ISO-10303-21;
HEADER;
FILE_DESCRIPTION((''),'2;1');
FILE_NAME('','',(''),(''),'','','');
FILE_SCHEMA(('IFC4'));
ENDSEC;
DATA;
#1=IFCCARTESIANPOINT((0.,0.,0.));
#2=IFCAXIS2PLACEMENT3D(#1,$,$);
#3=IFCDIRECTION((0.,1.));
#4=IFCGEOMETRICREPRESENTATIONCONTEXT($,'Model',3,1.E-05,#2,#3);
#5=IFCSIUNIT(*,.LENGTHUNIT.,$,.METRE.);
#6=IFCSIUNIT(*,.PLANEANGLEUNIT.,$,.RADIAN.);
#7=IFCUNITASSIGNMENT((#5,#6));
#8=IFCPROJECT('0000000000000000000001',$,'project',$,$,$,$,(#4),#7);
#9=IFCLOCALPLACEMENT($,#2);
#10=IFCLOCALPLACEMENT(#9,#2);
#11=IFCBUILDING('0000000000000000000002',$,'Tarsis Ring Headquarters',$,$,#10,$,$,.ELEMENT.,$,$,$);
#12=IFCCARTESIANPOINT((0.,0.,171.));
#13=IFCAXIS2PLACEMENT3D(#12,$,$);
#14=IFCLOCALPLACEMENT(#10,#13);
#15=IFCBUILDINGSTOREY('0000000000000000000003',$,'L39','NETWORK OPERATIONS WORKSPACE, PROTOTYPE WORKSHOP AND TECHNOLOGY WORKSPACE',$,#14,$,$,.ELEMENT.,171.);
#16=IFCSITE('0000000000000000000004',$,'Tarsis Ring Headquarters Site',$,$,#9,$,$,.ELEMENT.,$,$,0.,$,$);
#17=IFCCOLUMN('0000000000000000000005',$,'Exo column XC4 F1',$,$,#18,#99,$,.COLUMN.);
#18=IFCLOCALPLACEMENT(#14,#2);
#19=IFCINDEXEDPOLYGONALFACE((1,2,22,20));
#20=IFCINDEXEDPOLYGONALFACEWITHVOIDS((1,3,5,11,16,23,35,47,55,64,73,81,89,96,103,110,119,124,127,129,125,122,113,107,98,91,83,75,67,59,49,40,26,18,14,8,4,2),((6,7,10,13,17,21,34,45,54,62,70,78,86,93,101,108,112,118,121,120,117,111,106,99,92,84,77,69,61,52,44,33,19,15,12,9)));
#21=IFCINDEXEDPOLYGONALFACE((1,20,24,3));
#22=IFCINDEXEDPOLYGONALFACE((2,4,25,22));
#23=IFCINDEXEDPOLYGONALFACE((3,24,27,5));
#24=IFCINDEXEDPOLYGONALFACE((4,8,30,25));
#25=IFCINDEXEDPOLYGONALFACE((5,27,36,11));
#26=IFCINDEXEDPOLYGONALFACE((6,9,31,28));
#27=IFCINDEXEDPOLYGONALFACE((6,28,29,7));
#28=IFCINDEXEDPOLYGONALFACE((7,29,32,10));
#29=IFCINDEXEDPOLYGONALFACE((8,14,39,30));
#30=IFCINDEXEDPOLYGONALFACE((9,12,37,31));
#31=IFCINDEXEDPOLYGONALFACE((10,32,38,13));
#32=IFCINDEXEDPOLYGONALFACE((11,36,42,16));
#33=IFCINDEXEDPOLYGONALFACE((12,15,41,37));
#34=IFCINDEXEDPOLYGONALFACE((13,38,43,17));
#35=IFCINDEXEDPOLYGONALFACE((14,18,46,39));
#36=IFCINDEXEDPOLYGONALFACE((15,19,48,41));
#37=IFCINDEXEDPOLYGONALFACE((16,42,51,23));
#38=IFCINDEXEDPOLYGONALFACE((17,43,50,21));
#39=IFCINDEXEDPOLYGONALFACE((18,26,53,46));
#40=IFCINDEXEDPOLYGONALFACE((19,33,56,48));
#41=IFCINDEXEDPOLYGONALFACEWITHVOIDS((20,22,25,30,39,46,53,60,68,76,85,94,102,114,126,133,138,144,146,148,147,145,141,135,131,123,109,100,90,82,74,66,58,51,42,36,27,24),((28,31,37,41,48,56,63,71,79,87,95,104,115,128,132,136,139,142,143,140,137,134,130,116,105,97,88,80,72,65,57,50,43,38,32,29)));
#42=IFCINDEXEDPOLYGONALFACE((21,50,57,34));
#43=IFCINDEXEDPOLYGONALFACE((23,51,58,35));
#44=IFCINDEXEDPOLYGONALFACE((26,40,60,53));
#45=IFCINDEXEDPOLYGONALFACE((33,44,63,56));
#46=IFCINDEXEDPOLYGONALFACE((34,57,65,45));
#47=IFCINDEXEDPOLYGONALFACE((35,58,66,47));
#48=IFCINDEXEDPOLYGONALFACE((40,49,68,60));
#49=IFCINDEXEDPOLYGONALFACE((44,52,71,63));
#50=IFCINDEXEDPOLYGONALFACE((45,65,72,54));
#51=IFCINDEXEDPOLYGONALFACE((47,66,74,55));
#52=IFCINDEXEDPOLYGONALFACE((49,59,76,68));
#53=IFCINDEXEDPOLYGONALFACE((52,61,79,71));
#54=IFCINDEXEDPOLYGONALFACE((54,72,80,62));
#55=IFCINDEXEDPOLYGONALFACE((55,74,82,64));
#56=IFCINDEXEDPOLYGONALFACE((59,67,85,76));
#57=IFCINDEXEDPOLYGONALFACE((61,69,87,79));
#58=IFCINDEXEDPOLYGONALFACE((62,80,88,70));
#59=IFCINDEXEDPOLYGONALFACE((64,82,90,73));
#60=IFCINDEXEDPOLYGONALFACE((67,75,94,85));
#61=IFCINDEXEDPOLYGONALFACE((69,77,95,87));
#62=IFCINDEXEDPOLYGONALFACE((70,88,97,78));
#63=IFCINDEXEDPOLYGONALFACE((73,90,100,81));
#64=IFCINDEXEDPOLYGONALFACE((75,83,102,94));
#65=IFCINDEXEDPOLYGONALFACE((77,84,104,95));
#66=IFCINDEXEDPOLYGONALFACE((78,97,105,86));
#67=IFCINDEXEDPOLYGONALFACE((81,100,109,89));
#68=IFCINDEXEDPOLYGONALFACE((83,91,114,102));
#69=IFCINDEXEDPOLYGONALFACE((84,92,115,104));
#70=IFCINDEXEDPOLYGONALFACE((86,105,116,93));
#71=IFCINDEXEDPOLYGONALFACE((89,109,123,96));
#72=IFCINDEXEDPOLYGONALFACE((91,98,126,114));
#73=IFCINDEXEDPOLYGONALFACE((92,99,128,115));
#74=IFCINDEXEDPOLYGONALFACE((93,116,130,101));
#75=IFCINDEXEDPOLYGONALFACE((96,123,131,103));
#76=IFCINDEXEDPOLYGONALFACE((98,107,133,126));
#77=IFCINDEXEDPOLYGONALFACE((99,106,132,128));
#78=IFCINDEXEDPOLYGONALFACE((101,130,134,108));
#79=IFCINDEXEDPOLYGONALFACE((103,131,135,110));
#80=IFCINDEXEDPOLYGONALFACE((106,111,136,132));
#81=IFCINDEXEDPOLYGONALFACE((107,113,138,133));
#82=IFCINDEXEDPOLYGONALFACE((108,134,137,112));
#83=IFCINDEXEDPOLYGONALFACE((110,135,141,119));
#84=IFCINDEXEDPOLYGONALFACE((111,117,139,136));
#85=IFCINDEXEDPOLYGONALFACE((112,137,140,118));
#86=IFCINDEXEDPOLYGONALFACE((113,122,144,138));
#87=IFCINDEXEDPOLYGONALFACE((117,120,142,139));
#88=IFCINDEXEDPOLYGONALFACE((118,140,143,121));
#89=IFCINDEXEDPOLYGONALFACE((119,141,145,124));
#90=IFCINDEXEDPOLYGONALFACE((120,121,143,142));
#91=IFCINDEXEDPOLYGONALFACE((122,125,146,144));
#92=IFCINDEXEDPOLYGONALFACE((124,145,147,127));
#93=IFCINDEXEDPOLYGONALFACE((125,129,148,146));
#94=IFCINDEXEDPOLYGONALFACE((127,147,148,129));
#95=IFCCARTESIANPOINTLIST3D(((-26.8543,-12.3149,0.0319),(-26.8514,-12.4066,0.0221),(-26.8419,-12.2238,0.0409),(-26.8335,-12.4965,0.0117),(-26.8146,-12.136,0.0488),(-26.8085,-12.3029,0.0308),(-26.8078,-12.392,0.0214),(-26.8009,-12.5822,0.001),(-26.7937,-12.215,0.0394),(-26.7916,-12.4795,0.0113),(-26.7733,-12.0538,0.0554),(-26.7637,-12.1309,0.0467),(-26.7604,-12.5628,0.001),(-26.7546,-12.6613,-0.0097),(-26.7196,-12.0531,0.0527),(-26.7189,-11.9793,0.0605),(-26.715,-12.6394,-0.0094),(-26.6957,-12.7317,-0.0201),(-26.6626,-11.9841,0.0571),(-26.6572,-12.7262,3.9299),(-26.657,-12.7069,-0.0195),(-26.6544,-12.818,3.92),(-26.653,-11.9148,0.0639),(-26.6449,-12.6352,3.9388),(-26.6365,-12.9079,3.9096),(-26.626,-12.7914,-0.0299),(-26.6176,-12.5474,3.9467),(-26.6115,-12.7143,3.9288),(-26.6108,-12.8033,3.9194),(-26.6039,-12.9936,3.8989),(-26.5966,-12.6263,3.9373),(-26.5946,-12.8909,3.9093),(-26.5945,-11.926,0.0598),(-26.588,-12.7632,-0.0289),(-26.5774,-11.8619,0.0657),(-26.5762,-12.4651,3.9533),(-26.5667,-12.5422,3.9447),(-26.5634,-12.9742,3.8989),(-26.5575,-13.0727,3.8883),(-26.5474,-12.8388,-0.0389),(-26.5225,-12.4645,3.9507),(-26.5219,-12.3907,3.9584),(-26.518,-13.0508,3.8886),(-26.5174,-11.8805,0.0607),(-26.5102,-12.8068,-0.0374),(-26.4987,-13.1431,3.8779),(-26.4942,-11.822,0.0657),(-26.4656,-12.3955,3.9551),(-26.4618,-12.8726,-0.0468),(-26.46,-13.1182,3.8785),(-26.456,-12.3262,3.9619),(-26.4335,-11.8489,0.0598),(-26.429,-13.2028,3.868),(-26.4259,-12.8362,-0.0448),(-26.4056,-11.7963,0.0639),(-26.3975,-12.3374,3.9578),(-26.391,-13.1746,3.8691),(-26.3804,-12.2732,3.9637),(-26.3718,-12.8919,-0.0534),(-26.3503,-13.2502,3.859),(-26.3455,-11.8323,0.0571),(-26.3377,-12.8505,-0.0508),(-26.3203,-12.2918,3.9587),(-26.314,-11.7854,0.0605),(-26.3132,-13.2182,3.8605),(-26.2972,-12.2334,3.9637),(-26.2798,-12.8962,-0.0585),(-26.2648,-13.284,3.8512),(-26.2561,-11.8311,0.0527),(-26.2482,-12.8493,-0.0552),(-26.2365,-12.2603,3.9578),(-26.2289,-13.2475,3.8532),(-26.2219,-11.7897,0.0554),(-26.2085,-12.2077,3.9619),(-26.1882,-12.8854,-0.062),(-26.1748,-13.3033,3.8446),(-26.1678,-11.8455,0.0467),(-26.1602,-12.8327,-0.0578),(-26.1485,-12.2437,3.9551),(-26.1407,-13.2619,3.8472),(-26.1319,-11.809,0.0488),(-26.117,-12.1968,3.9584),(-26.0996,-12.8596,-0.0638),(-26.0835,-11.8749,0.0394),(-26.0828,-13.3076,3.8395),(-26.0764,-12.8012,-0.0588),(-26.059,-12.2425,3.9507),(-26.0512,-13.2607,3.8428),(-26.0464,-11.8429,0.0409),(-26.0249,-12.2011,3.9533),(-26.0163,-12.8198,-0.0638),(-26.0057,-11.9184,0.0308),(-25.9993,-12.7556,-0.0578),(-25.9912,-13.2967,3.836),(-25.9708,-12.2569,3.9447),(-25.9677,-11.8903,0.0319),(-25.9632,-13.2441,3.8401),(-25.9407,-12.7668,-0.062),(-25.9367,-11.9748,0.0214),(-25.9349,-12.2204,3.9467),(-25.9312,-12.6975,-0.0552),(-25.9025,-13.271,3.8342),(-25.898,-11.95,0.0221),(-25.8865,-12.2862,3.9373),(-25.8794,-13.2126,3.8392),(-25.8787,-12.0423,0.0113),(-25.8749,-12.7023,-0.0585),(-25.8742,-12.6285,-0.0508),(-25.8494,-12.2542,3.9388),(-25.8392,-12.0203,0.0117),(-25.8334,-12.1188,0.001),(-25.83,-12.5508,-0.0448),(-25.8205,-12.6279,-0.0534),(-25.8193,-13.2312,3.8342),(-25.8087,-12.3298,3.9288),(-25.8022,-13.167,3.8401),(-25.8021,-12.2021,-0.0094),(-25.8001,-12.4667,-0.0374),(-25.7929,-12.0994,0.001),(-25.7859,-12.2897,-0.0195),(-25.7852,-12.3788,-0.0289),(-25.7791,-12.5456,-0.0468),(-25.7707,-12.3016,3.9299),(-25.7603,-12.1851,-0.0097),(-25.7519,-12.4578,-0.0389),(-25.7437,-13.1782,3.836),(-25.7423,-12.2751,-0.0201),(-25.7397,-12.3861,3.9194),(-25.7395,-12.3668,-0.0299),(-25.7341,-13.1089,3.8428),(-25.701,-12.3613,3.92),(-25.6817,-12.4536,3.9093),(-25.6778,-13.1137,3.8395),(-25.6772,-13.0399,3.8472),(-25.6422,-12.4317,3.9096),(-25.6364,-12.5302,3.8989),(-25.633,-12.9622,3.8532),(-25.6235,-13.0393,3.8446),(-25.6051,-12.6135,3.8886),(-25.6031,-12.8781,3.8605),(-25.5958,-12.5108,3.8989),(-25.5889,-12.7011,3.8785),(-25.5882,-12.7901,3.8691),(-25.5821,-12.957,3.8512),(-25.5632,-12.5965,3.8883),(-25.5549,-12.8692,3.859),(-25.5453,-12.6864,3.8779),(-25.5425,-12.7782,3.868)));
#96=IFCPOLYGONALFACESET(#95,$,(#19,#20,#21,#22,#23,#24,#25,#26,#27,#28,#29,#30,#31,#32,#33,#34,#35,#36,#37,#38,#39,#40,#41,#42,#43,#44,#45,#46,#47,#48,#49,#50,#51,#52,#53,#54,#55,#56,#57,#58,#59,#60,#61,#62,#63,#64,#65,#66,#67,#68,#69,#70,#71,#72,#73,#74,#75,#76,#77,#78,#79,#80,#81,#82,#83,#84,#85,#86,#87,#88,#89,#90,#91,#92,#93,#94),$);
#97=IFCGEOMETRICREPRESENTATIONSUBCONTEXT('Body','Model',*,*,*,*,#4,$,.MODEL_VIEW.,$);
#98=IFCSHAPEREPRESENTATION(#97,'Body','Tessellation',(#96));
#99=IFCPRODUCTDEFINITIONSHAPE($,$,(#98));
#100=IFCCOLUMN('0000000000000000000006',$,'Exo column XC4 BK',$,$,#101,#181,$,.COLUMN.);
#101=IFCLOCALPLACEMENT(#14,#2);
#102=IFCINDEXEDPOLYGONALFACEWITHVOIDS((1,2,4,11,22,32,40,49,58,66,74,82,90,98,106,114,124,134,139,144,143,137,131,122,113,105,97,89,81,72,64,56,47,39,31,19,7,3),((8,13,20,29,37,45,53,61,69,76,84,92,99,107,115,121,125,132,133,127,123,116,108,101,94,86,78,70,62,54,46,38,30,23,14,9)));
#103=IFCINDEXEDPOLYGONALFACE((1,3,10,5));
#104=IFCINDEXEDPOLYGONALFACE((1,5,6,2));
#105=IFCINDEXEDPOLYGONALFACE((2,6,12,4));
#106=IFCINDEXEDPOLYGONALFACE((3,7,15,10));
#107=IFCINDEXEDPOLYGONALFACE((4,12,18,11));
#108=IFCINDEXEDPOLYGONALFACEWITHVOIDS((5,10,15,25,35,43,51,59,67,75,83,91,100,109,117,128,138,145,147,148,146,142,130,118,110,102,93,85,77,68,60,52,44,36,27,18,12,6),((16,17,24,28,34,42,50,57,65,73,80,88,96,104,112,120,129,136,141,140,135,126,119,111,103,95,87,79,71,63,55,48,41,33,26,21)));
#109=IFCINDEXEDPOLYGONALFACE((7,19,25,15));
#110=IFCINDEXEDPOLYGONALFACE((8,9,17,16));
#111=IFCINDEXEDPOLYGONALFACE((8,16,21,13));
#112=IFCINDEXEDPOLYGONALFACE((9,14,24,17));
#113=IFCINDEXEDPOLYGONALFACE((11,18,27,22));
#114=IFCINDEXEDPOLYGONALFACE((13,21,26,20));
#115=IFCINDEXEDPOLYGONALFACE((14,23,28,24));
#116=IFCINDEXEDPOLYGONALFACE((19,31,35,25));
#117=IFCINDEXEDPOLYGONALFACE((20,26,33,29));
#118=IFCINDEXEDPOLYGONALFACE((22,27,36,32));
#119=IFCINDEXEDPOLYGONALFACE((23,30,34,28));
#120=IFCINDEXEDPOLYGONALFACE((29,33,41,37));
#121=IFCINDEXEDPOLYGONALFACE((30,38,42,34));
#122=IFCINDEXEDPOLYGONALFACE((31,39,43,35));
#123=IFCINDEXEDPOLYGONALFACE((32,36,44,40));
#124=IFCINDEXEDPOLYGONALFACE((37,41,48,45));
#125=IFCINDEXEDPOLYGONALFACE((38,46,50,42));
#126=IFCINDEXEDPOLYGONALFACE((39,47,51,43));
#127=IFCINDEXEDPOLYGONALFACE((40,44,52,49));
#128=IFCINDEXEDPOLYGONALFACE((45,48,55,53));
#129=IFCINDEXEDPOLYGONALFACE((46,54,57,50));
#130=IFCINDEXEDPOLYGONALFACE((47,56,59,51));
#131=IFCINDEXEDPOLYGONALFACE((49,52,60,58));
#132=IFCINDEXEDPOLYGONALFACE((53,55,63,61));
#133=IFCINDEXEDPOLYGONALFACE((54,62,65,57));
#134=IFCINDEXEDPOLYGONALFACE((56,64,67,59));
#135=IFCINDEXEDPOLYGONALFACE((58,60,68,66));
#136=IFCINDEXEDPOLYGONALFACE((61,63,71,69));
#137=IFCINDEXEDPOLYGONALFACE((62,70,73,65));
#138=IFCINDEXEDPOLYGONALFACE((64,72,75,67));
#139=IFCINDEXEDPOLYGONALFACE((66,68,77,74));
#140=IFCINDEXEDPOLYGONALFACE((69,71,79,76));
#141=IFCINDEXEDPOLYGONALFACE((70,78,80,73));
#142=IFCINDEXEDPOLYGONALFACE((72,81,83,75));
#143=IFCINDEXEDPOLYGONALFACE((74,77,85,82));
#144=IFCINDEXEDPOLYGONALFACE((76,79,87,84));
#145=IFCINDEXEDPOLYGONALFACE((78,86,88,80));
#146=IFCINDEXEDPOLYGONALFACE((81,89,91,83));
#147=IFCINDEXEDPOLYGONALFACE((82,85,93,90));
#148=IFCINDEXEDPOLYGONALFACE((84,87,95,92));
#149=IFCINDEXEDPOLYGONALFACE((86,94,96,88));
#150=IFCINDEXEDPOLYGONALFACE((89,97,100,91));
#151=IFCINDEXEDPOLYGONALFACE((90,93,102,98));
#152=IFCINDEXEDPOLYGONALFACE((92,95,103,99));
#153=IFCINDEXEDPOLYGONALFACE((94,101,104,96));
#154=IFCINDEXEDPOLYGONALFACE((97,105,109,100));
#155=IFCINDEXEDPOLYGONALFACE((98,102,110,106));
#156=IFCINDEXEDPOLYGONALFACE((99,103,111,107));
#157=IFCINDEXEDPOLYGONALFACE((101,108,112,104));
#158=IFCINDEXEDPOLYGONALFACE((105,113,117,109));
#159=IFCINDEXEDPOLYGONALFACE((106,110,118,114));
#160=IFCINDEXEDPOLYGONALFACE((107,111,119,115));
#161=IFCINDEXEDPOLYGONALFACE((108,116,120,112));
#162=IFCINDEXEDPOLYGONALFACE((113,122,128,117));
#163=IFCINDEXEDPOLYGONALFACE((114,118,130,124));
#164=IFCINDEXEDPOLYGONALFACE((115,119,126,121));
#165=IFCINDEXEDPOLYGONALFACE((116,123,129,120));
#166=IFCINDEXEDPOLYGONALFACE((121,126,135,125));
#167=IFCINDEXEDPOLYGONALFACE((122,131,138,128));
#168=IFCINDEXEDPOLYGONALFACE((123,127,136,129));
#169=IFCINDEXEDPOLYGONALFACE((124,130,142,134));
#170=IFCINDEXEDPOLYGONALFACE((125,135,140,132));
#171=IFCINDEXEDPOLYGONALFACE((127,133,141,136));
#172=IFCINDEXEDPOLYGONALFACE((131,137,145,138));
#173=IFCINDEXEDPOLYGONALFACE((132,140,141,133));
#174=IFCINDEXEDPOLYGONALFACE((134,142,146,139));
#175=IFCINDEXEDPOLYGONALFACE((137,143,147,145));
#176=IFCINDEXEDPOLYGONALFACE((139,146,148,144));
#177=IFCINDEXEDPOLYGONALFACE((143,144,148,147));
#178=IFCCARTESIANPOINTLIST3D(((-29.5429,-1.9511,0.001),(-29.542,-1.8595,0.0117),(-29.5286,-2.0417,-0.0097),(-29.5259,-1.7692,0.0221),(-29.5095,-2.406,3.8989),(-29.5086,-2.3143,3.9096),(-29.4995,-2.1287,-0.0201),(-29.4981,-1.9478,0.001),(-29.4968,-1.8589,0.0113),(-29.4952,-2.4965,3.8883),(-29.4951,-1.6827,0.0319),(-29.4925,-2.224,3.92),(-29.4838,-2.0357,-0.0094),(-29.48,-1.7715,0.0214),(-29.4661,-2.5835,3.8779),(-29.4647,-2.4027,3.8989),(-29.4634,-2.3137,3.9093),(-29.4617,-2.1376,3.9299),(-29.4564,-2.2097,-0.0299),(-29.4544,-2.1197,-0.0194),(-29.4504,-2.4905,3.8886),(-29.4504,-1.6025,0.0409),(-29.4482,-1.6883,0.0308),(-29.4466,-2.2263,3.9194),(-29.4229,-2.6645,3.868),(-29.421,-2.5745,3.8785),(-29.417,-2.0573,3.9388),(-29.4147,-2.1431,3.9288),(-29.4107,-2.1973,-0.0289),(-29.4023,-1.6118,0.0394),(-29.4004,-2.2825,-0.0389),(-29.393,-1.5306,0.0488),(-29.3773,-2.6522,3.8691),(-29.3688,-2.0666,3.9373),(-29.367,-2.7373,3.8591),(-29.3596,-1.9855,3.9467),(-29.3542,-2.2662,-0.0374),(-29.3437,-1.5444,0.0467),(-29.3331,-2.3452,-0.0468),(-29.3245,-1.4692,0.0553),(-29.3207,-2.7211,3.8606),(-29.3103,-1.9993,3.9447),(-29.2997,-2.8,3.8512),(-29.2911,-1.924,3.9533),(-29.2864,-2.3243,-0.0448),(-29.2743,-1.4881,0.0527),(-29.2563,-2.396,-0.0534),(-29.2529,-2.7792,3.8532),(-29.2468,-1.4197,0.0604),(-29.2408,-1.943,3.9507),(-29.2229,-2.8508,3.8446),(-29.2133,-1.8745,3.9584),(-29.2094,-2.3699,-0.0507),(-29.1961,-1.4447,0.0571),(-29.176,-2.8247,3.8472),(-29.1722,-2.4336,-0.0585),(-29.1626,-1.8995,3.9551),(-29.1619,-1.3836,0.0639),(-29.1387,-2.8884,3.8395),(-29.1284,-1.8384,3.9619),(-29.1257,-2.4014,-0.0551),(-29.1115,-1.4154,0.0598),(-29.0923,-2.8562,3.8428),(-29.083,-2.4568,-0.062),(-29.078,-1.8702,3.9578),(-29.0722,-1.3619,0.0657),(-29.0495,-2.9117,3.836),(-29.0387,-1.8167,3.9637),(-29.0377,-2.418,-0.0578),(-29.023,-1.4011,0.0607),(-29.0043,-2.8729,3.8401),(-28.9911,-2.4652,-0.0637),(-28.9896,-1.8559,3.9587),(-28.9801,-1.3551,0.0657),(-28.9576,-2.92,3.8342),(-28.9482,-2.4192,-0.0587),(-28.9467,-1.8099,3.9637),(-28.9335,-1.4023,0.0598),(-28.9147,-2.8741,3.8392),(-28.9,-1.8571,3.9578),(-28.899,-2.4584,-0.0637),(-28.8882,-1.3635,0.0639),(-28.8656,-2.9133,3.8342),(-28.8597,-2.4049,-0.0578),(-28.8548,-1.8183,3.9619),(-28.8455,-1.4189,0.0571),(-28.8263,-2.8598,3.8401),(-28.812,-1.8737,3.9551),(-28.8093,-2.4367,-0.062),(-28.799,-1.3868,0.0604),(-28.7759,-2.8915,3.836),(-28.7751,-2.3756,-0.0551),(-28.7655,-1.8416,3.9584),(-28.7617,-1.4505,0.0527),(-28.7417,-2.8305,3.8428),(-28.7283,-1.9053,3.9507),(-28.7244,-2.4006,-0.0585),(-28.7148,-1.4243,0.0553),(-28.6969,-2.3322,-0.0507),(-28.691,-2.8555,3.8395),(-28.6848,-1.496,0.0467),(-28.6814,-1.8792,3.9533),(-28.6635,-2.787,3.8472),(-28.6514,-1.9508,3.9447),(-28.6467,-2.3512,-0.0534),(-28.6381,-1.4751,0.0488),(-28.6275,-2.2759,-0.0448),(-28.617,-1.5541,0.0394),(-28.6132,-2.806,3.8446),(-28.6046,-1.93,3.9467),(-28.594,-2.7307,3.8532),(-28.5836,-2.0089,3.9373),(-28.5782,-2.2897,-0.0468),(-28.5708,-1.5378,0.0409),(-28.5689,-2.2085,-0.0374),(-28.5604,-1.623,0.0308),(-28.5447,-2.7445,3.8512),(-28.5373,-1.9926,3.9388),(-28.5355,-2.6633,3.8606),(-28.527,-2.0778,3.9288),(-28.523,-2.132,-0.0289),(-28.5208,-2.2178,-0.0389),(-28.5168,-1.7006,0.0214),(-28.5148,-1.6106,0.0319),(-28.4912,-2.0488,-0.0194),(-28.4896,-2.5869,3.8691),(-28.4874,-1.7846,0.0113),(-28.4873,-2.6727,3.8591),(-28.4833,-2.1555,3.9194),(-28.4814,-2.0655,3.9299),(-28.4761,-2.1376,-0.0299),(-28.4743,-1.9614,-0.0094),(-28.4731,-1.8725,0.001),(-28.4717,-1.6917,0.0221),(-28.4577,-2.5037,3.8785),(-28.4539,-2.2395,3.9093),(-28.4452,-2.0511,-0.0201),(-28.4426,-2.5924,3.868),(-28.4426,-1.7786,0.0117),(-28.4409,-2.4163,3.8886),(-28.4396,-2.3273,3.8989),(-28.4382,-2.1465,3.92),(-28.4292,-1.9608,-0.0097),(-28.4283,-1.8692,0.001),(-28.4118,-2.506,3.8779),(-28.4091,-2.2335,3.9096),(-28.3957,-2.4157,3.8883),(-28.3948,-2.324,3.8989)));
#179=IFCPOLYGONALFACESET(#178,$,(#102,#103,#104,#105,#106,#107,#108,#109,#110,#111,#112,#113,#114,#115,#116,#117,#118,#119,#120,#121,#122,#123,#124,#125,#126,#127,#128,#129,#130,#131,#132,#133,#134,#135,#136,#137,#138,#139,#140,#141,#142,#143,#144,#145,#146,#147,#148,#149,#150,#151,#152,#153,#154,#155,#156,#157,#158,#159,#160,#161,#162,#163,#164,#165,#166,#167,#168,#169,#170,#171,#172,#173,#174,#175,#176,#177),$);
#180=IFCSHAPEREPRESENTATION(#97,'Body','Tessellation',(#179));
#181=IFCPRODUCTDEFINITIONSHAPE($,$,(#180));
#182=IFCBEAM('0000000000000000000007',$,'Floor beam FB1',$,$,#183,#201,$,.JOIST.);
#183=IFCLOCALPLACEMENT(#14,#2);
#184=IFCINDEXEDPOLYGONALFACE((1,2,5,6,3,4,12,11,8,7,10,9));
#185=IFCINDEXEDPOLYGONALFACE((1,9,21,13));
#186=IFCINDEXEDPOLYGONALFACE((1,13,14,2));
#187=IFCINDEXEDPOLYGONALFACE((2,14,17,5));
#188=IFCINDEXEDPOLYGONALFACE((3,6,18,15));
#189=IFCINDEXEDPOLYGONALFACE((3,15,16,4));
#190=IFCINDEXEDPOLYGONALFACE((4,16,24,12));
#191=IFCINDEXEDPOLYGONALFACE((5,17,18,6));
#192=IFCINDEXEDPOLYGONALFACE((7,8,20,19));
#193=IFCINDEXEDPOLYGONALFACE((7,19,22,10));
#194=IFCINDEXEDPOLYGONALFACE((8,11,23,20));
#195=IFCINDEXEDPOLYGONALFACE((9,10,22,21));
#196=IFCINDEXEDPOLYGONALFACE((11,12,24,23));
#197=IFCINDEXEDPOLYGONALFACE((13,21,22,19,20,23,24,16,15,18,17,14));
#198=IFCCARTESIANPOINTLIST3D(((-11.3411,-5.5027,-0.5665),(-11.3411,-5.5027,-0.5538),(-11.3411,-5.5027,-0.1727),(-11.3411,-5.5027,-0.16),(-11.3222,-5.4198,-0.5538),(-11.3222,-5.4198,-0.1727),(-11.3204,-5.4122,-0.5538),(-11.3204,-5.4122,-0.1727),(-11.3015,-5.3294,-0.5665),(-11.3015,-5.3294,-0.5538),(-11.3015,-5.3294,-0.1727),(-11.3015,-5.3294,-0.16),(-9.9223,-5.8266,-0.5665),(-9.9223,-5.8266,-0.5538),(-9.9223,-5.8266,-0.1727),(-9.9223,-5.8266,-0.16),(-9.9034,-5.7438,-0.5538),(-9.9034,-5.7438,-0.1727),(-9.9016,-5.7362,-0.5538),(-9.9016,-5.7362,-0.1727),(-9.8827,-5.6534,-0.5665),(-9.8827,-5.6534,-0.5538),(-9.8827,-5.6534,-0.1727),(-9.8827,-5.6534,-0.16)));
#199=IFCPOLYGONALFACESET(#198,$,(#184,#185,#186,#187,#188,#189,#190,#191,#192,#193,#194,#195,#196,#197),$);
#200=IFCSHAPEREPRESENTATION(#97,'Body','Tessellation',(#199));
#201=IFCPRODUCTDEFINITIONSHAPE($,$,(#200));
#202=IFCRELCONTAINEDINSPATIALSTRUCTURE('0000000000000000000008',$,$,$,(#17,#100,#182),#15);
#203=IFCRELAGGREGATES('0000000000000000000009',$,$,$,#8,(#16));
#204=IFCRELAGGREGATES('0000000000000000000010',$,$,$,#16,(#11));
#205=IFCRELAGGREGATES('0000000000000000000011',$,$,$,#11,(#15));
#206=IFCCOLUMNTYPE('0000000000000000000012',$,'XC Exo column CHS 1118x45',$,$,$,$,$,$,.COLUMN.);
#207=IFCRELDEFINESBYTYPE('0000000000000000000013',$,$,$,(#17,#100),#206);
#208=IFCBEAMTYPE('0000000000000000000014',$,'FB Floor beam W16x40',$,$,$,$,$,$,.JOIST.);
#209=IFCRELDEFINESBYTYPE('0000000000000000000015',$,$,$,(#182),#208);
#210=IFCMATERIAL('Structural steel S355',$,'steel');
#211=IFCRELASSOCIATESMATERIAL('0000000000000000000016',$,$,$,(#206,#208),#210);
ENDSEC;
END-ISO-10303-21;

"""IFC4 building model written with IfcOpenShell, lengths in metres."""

from ifc_helpers import new_model, si_unit, direction, frame, origin, origin_2d, place, context, subcontext, project, spatial, hollow_circle, i_section, extrude, material, material_profile, profile_set, type_object, element, save


model = new_model("IFC4")

# Units and contexts
model_context = context("Model", 3, precision=1e-05, world=origin(), true_north=direction((0.0, 1.0)))
body_context = subcontext(model_context, "Body", "Model", "MODEL_VIEW")
ifc_project = project(units=[si_unit("LENGTHUNIT", "METRE"), si_unit("PLANEANGLEUNIT", "RADIAN")], contexts=[model_context])

# Site, building, storey
site_placement = place(None, origin())
site = spatial("IfcSite", under=ifc_project, at=site_placement, Name="Tarsis Ring Headquarters Site", CompositionType="ELEMENT", RefElevation=0.0)
building_placement = place(site_placement, origin())
building = spatial("IfcBuilding", under=site, at=building_placement, Name="Tarsis Ring Headquarters", CompositionType="ELEMENT")
storey_placement = place(building_placement, frame((0.0, 0.0, 171.0)))
storey = spatial("IfcBuildingStorey", under=building, at=storey_placement, Name="L39", Description="NETWORK OPERATIONS WORKSPACE, PROTOTYPE WORKSHOP AND TECHNOLOGY WORKSPACE", CompositionType="ELEMENT", Elevation=171.0)

# Columns
ifc_material_1 = material(Name="Structural steel S355", Category="steel")
ifc_material_profile_1 = material_profile(ifc_material_1, hollow_circle(Radius=0.5588, WallThickness=0.0449, at=origin_2d()), Name="CHS 1118x45")
ifc_profile_set_1 = profile_set([ifc_material_profile_1], Name="Structural steel S355")
column_type = type_object("IfcColumnType", Name="XC Exo column CHS 1118x45", PredefinedType="COLUMN", material=ifc_profile_set_1)
for number, where, z_axis, x_axis, name in (
    (1, (-26.2969, -12.3408, 0.001), (0.050202, -0.104822, 0.993223), (0.901899, 0.431948, 0.0), "Exo column XC4 F1"),
    (2, (-28.9856, -1.9102, 0.001), (0.008523, -0.115895, 0.993225), (0.997307, 0.073339, 0.0), "Exo column XC4 BK"),
):
    element("IfcColumn", number, at=place(storey_placement, frame(where, z_axis=z_axis, x_axis=x_axis)), inside=storey, type_object=column_type, Name=name, PredefinedType="COLUMN", context=body_context, shape_type="SweptSolid", body=[
        extrude(hollow_circle(Radius=0.5588, WallThickness=0.0449, at=origin_2d()), origin(), (0.0, 0.0, 1.0), 3.9246),
    ])

# Beam
ifc_material_profile_2 = material_profile(ifc_material_1, i_section(OverallWidth=0.1777, OverallDepth=0.4065, WebThickness=0.0078, FlangeThickness=0.0127, at=origin_2d()), Name="W16x40")
ifc_profile_set_2 = profile_set([ifc_material_profile_2], Name="Structural steel S355")
beam_type_1 = type_object("IfcBeamType", Name="FB Floor beam W16x40", PredefinedType="JOIST", material=ifc_profile_set_2)
beam_1_placement = place(storey_placement, frame((-11.3213, -5.416, -0.3633), z_axis=(0.974903, -0.222629, 0.0), x_axis=(0.222629, 0.974903, 0.0)))
element("IfcBeam", 3, at=beam_1_placement, inside=storey, type_object=beam_type_1, Name="Floor beam FB1", PredefinedType="JOIST", context=body_context, shape_type="SweptSolid", body=[
    extrude(i_section(OverallWidth=0.1777, OverallDepth=0.4065, WebThickness=0.0078, FlangeThickness=0.0127, at=origin_2d()), origin(), (0.0, 0.0, 1.0), 1.4553),
])

save(model, "model.ifc")
